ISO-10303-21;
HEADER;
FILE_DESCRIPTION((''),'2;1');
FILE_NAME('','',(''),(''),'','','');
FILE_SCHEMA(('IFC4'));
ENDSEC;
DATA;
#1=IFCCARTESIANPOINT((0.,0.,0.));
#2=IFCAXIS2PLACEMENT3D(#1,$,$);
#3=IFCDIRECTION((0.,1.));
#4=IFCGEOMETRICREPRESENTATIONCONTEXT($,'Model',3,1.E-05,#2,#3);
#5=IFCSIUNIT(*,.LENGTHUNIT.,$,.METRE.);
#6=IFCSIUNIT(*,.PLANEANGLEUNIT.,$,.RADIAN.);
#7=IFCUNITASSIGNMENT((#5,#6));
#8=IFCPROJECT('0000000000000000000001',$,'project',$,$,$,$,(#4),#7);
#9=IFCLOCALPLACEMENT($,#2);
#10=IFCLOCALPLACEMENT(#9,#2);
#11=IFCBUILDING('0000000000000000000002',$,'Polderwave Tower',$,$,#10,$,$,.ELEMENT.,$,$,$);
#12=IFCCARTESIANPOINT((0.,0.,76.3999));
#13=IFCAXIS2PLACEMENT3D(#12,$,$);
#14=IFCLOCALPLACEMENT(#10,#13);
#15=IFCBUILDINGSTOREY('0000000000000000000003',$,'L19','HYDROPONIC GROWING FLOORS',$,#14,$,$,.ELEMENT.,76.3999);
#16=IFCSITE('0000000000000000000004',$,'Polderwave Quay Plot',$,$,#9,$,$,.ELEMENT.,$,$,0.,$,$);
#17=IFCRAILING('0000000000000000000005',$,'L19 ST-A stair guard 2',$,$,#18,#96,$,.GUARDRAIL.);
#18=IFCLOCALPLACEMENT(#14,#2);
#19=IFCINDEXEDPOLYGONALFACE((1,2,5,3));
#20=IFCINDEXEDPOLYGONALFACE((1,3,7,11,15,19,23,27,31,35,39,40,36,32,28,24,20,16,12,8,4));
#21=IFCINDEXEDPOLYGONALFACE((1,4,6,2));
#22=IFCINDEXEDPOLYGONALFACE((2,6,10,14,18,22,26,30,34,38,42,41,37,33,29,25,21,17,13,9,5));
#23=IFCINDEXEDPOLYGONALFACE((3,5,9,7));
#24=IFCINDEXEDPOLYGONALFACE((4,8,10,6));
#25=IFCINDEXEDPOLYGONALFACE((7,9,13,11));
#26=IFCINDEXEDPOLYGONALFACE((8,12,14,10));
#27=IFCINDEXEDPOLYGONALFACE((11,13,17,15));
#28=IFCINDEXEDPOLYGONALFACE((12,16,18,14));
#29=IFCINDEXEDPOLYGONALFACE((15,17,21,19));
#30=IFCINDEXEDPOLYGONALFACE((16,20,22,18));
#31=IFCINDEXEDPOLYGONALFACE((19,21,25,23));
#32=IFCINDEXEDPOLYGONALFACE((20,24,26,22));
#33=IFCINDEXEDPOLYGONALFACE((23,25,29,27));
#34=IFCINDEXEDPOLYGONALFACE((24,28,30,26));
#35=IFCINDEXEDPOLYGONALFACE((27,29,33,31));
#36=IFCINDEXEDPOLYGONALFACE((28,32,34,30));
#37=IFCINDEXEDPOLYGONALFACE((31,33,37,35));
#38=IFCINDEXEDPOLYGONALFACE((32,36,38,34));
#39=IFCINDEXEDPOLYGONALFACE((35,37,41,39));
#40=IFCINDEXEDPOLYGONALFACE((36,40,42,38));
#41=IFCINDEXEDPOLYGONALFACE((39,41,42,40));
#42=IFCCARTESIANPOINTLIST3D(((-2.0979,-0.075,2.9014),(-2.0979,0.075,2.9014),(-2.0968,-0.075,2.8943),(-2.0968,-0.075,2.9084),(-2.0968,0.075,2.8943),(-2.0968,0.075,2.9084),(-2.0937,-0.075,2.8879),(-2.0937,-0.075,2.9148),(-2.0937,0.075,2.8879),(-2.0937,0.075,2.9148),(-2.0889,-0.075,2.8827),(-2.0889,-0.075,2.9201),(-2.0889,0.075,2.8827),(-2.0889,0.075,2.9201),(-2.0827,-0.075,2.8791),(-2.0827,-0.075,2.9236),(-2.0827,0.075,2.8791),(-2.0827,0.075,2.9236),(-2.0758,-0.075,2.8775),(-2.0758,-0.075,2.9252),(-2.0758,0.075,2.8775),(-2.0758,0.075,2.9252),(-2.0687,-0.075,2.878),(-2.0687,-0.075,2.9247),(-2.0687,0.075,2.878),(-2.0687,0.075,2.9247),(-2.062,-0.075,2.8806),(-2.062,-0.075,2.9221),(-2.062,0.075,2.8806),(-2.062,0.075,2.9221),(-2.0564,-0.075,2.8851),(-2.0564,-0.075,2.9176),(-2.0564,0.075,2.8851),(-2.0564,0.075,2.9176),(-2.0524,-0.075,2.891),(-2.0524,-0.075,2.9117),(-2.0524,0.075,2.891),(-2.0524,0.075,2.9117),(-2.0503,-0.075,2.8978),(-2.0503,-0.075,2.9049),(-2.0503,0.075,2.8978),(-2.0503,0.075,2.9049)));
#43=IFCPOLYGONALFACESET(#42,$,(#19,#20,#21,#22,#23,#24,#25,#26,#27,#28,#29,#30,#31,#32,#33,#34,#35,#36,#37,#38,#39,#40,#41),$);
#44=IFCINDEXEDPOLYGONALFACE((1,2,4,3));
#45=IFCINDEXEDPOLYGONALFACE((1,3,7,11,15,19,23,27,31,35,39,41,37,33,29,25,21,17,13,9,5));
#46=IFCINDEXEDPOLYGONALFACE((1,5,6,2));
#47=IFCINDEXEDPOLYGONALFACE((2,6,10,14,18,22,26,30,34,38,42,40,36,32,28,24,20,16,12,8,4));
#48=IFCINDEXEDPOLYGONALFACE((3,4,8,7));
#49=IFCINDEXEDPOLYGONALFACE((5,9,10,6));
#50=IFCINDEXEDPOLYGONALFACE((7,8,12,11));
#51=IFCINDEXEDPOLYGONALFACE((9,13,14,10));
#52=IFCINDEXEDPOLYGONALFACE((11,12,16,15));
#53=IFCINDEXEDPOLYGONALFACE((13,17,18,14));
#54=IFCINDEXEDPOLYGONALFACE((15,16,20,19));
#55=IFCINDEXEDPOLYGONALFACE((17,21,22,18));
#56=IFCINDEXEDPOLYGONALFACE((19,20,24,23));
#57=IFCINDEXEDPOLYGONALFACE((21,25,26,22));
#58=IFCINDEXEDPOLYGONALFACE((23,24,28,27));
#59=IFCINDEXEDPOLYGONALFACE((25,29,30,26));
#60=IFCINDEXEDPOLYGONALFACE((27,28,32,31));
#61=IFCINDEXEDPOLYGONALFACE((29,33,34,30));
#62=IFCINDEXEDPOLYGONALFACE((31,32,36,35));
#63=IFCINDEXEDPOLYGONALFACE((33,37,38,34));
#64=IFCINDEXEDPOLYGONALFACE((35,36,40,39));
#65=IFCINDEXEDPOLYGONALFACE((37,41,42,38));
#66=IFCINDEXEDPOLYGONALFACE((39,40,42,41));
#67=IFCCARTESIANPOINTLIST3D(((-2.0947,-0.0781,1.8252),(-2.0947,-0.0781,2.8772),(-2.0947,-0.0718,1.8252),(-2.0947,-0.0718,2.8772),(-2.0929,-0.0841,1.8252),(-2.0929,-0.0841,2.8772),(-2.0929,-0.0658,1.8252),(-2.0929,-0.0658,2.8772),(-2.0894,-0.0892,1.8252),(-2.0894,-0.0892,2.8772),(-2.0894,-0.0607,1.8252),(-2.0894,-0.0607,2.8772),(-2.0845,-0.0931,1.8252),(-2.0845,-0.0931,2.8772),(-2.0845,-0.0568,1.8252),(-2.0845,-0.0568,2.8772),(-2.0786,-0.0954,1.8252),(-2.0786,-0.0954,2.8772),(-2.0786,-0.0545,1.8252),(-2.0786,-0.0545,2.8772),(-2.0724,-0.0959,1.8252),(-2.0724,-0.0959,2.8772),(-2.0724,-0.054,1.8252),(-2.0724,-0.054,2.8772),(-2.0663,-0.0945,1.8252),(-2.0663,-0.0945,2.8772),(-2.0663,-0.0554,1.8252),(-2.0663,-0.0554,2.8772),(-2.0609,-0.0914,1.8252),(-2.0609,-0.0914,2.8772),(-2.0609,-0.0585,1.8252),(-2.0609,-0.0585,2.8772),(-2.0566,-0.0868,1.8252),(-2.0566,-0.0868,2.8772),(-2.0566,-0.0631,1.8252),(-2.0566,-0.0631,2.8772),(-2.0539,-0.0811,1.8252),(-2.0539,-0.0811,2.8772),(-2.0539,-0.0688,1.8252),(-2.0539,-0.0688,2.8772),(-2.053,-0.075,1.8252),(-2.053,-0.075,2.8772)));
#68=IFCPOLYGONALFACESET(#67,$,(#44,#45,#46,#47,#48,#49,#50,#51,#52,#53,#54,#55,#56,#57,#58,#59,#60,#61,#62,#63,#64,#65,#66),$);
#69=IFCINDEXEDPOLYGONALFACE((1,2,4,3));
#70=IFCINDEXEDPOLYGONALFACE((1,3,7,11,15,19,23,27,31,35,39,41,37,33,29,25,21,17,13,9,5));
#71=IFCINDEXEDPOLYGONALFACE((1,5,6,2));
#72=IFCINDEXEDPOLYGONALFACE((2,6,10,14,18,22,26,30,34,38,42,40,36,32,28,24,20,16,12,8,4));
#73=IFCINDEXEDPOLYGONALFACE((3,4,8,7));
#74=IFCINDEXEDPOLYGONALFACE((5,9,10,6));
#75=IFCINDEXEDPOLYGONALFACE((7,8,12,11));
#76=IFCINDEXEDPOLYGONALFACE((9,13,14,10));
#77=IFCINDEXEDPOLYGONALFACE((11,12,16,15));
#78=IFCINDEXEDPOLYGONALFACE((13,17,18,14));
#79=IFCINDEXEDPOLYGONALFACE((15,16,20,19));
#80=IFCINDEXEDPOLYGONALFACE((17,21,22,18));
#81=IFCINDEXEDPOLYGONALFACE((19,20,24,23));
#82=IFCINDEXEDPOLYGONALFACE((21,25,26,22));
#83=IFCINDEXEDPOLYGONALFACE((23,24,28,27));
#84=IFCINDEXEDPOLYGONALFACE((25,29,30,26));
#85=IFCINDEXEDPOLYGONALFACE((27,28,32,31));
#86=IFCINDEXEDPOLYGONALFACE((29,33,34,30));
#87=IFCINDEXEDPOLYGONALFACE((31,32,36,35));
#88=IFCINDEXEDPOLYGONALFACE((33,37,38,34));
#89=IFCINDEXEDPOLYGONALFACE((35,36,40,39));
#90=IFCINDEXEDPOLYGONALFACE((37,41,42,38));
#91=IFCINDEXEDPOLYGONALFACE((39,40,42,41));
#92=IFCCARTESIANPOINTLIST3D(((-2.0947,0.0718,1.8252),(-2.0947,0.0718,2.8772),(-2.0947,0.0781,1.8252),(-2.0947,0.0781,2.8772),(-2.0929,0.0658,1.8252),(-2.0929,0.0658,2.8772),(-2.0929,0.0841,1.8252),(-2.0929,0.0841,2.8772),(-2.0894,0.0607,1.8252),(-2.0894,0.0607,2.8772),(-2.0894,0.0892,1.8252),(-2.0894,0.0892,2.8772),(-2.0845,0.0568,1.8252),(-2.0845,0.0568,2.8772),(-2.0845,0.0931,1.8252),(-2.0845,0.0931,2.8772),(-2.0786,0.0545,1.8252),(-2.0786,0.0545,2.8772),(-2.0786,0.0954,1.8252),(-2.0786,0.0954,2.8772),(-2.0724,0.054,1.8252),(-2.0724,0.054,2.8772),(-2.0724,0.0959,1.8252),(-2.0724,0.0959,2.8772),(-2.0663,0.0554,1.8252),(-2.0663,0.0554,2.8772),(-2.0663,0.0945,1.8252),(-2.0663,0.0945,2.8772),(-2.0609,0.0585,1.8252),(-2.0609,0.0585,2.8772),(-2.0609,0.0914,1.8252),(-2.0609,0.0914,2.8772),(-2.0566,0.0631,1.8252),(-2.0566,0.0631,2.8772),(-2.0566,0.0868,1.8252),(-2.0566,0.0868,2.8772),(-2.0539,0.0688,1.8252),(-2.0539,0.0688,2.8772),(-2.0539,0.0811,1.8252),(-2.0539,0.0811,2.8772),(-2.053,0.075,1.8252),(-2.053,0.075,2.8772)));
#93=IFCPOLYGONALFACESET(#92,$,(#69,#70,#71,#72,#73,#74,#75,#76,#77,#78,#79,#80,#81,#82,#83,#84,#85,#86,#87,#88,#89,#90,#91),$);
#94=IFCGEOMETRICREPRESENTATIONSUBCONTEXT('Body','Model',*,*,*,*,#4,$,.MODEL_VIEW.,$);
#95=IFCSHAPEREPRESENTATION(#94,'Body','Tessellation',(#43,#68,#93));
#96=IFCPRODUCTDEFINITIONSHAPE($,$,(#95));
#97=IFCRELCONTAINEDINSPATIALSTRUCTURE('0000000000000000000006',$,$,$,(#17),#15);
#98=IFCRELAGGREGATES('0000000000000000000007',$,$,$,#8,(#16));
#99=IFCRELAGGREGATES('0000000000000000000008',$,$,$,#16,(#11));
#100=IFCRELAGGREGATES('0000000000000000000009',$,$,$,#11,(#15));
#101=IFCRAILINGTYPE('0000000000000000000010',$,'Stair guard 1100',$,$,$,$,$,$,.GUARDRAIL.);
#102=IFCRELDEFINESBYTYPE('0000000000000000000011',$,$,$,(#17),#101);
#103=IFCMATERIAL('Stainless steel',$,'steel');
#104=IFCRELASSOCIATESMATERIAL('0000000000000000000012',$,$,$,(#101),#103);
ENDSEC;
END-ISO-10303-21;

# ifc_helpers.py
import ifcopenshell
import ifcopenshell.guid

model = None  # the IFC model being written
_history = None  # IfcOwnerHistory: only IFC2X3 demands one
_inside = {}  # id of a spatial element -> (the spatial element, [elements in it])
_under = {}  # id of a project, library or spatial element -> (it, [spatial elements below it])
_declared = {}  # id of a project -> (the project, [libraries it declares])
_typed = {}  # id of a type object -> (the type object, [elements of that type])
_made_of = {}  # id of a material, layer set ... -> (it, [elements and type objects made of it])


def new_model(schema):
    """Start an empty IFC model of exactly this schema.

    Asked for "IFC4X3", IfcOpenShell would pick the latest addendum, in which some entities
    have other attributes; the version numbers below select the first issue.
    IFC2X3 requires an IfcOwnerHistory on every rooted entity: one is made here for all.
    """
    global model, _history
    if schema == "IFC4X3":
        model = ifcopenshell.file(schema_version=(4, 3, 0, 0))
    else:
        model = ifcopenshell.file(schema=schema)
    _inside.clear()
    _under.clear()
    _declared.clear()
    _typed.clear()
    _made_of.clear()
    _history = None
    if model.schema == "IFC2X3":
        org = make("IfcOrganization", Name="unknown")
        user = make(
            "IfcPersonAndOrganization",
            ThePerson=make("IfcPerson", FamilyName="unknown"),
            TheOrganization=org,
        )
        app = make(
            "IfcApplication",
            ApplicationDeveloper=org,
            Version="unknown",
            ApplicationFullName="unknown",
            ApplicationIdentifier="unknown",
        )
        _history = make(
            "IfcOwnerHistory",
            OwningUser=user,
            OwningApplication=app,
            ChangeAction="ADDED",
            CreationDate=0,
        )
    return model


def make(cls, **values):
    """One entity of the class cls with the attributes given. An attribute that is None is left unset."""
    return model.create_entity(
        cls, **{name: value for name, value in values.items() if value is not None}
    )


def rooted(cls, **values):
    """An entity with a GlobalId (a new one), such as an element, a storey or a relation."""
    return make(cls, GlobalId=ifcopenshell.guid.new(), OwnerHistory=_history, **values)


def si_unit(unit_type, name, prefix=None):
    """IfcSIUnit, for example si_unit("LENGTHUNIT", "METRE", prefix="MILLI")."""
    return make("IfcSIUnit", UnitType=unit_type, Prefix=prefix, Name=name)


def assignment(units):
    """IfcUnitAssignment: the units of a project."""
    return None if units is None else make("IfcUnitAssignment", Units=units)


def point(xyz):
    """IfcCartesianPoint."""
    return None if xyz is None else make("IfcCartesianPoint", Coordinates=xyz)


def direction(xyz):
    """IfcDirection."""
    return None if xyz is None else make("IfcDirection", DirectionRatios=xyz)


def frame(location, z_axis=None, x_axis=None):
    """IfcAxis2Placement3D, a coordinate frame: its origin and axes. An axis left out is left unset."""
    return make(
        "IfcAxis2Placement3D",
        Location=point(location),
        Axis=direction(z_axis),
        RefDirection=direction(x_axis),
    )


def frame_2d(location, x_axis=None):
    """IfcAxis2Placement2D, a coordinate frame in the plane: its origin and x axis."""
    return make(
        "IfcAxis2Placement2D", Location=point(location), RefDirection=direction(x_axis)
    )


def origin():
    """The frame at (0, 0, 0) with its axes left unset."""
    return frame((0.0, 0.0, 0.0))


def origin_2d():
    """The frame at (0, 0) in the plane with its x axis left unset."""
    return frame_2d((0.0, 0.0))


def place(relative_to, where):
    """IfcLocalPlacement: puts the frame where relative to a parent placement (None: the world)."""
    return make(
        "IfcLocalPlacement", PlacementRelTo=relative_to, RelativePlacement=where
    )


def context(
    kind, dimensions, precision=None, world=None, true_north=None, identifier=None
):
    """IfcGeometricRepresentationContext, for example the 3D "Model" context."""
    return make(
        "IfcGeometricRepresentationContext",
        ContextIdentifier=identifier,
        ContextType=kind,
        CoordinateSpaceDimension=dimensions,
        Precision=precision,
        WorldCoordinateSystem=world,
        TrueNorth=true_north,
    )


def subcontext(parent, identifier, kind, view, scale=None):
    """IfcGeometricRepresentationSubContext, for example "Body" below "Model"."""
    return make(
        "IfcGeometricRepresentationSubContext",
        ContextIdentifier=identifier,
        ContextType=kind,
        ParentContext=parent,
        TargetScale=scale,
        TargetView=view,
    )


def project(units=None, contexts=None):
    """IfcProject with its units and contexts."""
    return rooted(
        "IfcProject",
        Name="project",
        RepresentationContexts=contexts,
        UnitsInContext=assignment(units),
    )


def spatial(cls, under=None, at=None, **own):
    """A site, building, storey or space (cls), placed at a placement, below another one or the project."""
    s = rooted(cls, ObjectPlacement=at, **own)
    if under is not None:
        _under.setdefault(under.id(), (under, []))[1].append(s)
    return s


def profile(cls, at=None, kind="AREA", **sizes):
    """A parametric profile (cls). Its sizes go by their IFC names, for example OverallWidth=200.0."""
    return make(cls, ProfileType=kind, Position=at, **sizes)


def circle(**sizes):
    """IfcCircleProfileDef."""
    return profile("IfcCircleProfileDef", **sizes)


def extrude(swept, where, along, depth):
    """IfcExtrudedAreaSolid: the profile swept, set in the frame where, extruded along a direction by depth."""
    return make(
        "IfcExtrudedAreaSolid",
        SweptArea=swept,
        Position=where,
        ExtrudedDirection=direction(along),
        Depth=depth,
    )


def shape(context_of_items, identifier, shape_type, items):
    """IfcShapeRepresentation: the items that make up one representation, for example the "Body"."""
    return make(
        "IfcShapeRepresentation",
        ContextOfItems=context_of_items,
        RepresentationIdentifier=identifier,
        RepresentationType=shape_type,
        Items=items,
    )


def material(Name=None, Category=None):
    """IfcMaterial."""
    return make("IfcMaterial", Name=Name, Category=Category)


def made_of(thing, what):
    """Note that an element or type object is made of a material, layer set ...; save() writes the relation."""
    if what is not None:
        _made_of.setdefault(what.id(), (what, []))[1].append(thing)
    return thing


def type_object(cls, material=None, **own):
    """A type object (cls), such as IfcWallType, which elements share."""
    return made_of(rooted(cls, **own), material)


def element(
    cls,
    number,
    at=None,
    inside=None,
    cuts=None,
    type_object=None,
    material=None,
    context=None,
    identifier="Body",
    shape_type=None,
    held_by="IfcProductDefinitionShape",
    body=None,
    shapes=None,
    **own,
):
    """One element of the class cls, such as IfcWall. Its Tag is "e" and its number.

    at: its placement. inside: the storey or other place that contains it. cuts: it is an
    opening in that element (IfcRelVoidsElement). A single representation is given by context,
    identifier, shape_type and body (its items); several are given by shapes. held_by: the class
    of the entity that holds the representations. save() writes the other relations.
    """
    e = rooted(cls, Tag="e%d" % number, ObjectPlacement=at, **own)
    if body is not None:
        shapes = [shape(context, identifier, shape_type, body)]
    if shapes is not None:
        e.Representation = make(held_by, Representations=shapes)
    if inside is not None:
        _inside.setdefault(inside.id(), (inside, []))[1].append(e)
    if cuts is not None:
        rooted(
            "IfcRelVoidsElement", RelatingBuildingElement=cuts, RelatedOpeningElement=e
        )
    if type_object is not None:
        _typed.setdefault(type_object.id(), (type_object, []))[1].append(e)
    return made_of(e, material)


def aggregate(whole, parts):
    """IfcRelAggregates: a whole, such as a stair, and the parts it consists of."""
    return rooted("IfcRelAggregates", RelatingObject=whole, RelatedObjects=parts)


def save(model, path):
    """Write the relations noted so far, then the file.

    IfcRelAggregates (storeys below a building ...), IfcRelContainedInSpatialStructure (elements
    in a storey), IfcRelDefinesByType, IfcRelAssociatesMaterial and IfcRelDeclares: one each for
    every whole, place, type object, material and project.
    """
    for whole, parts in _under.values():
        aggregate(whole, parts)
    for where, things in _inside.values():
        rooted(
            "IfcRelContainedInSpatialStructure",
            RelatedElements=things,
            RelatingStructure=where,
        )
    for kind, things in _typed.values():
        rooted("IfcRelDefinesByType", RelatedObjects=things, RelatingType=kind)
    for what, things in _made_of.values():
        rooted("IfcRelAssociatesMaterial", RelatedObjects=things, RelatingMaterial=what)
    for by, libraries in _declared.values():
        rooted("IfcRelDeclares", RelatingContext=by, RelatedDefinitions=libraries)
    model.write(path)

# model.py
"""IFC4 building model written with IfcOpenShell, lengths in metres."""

from ifc_helpers import new_model, si_unit, direction, frame, origin, origin_2d, place, context, subcontext, project, spatial, circle, extrude, material, type_object, element, save


model = new_model("IFC4")

# Units and contexts
model_context = context("Model", 3, precision=1e-05, world=origin(), true_north=direction((0.0, 1.0)))
body_context = subcontext(model_context, "Body", "Model", "MODEL_VIEW")
ifc_project = project(units=[si_unit("LENGTHUNIT", "METRE"), si_unit("PLANEANGLEUNIT", "RADIAN")], contexts=[model_context])

# Site, building, storey
site_placement = place(None, origin())
site = spatial("IfcSite", under=ifc_project, at=site_placement, Name="Polderwave Quay Plot", CompositionType="ELEMENT", RefElevation=0.0)
building_placement = place(site_placement, origin())
building = spatial("IfcBuilding", under=site, at=building_placement, Name="Polderwave Tower", CompositionType="ELEMENT")
storey_placement = place(building_placement, frame((0.0, 0.0, 76.3999)))
storey = spatial("IfcBuildingStorey", under=building, at=storey_placement, Name="L19", Description="HYDROPONIC GROWING FLOORS", CompositionType="ELEMENT", Elevation=76.3999)

# Railing
ifc_material_1 = material(Name="Stainless steel", Category="steel")
railing_type = type_object("IfcRailingType", Name="Stair guard 1100", PredefinedType="GUARDRAIL", material=ifc_material_1)
railing_1_placement = place(storey_placement, frame((-2.074, -0.075, 1.8252)))
element("IfcRailing", 1, at=railing_1_placement, inside=storey, type_object=railing_type, Name="L19 ST-A stair guard 2", PredefinedType="GUARDRAIL", context=body_context, shape_type="SweptSolid", body=[
    extrude(circle(Radius=0.0239, at=origin_2d()), frame((0.0, 0.0, 1.0762), z_axis=(0.0, 1.0, 0.0), x_axis=(-1.0, 0.0, 0.0)), (0.0, 0.0, 1.0), 0.1499),
    extrude(circle(Radius=0.021, at=origin_2d()), origin(), (0.0, 0.0, 1.0), 1.052),
    extrude(circle(Radius=0.021, at=origin_2d()), frame((0.0, 0.1499, 0.0)), (0.0, 0.0, 1.0), 1.052),
])

save(model, "model.ifc")
